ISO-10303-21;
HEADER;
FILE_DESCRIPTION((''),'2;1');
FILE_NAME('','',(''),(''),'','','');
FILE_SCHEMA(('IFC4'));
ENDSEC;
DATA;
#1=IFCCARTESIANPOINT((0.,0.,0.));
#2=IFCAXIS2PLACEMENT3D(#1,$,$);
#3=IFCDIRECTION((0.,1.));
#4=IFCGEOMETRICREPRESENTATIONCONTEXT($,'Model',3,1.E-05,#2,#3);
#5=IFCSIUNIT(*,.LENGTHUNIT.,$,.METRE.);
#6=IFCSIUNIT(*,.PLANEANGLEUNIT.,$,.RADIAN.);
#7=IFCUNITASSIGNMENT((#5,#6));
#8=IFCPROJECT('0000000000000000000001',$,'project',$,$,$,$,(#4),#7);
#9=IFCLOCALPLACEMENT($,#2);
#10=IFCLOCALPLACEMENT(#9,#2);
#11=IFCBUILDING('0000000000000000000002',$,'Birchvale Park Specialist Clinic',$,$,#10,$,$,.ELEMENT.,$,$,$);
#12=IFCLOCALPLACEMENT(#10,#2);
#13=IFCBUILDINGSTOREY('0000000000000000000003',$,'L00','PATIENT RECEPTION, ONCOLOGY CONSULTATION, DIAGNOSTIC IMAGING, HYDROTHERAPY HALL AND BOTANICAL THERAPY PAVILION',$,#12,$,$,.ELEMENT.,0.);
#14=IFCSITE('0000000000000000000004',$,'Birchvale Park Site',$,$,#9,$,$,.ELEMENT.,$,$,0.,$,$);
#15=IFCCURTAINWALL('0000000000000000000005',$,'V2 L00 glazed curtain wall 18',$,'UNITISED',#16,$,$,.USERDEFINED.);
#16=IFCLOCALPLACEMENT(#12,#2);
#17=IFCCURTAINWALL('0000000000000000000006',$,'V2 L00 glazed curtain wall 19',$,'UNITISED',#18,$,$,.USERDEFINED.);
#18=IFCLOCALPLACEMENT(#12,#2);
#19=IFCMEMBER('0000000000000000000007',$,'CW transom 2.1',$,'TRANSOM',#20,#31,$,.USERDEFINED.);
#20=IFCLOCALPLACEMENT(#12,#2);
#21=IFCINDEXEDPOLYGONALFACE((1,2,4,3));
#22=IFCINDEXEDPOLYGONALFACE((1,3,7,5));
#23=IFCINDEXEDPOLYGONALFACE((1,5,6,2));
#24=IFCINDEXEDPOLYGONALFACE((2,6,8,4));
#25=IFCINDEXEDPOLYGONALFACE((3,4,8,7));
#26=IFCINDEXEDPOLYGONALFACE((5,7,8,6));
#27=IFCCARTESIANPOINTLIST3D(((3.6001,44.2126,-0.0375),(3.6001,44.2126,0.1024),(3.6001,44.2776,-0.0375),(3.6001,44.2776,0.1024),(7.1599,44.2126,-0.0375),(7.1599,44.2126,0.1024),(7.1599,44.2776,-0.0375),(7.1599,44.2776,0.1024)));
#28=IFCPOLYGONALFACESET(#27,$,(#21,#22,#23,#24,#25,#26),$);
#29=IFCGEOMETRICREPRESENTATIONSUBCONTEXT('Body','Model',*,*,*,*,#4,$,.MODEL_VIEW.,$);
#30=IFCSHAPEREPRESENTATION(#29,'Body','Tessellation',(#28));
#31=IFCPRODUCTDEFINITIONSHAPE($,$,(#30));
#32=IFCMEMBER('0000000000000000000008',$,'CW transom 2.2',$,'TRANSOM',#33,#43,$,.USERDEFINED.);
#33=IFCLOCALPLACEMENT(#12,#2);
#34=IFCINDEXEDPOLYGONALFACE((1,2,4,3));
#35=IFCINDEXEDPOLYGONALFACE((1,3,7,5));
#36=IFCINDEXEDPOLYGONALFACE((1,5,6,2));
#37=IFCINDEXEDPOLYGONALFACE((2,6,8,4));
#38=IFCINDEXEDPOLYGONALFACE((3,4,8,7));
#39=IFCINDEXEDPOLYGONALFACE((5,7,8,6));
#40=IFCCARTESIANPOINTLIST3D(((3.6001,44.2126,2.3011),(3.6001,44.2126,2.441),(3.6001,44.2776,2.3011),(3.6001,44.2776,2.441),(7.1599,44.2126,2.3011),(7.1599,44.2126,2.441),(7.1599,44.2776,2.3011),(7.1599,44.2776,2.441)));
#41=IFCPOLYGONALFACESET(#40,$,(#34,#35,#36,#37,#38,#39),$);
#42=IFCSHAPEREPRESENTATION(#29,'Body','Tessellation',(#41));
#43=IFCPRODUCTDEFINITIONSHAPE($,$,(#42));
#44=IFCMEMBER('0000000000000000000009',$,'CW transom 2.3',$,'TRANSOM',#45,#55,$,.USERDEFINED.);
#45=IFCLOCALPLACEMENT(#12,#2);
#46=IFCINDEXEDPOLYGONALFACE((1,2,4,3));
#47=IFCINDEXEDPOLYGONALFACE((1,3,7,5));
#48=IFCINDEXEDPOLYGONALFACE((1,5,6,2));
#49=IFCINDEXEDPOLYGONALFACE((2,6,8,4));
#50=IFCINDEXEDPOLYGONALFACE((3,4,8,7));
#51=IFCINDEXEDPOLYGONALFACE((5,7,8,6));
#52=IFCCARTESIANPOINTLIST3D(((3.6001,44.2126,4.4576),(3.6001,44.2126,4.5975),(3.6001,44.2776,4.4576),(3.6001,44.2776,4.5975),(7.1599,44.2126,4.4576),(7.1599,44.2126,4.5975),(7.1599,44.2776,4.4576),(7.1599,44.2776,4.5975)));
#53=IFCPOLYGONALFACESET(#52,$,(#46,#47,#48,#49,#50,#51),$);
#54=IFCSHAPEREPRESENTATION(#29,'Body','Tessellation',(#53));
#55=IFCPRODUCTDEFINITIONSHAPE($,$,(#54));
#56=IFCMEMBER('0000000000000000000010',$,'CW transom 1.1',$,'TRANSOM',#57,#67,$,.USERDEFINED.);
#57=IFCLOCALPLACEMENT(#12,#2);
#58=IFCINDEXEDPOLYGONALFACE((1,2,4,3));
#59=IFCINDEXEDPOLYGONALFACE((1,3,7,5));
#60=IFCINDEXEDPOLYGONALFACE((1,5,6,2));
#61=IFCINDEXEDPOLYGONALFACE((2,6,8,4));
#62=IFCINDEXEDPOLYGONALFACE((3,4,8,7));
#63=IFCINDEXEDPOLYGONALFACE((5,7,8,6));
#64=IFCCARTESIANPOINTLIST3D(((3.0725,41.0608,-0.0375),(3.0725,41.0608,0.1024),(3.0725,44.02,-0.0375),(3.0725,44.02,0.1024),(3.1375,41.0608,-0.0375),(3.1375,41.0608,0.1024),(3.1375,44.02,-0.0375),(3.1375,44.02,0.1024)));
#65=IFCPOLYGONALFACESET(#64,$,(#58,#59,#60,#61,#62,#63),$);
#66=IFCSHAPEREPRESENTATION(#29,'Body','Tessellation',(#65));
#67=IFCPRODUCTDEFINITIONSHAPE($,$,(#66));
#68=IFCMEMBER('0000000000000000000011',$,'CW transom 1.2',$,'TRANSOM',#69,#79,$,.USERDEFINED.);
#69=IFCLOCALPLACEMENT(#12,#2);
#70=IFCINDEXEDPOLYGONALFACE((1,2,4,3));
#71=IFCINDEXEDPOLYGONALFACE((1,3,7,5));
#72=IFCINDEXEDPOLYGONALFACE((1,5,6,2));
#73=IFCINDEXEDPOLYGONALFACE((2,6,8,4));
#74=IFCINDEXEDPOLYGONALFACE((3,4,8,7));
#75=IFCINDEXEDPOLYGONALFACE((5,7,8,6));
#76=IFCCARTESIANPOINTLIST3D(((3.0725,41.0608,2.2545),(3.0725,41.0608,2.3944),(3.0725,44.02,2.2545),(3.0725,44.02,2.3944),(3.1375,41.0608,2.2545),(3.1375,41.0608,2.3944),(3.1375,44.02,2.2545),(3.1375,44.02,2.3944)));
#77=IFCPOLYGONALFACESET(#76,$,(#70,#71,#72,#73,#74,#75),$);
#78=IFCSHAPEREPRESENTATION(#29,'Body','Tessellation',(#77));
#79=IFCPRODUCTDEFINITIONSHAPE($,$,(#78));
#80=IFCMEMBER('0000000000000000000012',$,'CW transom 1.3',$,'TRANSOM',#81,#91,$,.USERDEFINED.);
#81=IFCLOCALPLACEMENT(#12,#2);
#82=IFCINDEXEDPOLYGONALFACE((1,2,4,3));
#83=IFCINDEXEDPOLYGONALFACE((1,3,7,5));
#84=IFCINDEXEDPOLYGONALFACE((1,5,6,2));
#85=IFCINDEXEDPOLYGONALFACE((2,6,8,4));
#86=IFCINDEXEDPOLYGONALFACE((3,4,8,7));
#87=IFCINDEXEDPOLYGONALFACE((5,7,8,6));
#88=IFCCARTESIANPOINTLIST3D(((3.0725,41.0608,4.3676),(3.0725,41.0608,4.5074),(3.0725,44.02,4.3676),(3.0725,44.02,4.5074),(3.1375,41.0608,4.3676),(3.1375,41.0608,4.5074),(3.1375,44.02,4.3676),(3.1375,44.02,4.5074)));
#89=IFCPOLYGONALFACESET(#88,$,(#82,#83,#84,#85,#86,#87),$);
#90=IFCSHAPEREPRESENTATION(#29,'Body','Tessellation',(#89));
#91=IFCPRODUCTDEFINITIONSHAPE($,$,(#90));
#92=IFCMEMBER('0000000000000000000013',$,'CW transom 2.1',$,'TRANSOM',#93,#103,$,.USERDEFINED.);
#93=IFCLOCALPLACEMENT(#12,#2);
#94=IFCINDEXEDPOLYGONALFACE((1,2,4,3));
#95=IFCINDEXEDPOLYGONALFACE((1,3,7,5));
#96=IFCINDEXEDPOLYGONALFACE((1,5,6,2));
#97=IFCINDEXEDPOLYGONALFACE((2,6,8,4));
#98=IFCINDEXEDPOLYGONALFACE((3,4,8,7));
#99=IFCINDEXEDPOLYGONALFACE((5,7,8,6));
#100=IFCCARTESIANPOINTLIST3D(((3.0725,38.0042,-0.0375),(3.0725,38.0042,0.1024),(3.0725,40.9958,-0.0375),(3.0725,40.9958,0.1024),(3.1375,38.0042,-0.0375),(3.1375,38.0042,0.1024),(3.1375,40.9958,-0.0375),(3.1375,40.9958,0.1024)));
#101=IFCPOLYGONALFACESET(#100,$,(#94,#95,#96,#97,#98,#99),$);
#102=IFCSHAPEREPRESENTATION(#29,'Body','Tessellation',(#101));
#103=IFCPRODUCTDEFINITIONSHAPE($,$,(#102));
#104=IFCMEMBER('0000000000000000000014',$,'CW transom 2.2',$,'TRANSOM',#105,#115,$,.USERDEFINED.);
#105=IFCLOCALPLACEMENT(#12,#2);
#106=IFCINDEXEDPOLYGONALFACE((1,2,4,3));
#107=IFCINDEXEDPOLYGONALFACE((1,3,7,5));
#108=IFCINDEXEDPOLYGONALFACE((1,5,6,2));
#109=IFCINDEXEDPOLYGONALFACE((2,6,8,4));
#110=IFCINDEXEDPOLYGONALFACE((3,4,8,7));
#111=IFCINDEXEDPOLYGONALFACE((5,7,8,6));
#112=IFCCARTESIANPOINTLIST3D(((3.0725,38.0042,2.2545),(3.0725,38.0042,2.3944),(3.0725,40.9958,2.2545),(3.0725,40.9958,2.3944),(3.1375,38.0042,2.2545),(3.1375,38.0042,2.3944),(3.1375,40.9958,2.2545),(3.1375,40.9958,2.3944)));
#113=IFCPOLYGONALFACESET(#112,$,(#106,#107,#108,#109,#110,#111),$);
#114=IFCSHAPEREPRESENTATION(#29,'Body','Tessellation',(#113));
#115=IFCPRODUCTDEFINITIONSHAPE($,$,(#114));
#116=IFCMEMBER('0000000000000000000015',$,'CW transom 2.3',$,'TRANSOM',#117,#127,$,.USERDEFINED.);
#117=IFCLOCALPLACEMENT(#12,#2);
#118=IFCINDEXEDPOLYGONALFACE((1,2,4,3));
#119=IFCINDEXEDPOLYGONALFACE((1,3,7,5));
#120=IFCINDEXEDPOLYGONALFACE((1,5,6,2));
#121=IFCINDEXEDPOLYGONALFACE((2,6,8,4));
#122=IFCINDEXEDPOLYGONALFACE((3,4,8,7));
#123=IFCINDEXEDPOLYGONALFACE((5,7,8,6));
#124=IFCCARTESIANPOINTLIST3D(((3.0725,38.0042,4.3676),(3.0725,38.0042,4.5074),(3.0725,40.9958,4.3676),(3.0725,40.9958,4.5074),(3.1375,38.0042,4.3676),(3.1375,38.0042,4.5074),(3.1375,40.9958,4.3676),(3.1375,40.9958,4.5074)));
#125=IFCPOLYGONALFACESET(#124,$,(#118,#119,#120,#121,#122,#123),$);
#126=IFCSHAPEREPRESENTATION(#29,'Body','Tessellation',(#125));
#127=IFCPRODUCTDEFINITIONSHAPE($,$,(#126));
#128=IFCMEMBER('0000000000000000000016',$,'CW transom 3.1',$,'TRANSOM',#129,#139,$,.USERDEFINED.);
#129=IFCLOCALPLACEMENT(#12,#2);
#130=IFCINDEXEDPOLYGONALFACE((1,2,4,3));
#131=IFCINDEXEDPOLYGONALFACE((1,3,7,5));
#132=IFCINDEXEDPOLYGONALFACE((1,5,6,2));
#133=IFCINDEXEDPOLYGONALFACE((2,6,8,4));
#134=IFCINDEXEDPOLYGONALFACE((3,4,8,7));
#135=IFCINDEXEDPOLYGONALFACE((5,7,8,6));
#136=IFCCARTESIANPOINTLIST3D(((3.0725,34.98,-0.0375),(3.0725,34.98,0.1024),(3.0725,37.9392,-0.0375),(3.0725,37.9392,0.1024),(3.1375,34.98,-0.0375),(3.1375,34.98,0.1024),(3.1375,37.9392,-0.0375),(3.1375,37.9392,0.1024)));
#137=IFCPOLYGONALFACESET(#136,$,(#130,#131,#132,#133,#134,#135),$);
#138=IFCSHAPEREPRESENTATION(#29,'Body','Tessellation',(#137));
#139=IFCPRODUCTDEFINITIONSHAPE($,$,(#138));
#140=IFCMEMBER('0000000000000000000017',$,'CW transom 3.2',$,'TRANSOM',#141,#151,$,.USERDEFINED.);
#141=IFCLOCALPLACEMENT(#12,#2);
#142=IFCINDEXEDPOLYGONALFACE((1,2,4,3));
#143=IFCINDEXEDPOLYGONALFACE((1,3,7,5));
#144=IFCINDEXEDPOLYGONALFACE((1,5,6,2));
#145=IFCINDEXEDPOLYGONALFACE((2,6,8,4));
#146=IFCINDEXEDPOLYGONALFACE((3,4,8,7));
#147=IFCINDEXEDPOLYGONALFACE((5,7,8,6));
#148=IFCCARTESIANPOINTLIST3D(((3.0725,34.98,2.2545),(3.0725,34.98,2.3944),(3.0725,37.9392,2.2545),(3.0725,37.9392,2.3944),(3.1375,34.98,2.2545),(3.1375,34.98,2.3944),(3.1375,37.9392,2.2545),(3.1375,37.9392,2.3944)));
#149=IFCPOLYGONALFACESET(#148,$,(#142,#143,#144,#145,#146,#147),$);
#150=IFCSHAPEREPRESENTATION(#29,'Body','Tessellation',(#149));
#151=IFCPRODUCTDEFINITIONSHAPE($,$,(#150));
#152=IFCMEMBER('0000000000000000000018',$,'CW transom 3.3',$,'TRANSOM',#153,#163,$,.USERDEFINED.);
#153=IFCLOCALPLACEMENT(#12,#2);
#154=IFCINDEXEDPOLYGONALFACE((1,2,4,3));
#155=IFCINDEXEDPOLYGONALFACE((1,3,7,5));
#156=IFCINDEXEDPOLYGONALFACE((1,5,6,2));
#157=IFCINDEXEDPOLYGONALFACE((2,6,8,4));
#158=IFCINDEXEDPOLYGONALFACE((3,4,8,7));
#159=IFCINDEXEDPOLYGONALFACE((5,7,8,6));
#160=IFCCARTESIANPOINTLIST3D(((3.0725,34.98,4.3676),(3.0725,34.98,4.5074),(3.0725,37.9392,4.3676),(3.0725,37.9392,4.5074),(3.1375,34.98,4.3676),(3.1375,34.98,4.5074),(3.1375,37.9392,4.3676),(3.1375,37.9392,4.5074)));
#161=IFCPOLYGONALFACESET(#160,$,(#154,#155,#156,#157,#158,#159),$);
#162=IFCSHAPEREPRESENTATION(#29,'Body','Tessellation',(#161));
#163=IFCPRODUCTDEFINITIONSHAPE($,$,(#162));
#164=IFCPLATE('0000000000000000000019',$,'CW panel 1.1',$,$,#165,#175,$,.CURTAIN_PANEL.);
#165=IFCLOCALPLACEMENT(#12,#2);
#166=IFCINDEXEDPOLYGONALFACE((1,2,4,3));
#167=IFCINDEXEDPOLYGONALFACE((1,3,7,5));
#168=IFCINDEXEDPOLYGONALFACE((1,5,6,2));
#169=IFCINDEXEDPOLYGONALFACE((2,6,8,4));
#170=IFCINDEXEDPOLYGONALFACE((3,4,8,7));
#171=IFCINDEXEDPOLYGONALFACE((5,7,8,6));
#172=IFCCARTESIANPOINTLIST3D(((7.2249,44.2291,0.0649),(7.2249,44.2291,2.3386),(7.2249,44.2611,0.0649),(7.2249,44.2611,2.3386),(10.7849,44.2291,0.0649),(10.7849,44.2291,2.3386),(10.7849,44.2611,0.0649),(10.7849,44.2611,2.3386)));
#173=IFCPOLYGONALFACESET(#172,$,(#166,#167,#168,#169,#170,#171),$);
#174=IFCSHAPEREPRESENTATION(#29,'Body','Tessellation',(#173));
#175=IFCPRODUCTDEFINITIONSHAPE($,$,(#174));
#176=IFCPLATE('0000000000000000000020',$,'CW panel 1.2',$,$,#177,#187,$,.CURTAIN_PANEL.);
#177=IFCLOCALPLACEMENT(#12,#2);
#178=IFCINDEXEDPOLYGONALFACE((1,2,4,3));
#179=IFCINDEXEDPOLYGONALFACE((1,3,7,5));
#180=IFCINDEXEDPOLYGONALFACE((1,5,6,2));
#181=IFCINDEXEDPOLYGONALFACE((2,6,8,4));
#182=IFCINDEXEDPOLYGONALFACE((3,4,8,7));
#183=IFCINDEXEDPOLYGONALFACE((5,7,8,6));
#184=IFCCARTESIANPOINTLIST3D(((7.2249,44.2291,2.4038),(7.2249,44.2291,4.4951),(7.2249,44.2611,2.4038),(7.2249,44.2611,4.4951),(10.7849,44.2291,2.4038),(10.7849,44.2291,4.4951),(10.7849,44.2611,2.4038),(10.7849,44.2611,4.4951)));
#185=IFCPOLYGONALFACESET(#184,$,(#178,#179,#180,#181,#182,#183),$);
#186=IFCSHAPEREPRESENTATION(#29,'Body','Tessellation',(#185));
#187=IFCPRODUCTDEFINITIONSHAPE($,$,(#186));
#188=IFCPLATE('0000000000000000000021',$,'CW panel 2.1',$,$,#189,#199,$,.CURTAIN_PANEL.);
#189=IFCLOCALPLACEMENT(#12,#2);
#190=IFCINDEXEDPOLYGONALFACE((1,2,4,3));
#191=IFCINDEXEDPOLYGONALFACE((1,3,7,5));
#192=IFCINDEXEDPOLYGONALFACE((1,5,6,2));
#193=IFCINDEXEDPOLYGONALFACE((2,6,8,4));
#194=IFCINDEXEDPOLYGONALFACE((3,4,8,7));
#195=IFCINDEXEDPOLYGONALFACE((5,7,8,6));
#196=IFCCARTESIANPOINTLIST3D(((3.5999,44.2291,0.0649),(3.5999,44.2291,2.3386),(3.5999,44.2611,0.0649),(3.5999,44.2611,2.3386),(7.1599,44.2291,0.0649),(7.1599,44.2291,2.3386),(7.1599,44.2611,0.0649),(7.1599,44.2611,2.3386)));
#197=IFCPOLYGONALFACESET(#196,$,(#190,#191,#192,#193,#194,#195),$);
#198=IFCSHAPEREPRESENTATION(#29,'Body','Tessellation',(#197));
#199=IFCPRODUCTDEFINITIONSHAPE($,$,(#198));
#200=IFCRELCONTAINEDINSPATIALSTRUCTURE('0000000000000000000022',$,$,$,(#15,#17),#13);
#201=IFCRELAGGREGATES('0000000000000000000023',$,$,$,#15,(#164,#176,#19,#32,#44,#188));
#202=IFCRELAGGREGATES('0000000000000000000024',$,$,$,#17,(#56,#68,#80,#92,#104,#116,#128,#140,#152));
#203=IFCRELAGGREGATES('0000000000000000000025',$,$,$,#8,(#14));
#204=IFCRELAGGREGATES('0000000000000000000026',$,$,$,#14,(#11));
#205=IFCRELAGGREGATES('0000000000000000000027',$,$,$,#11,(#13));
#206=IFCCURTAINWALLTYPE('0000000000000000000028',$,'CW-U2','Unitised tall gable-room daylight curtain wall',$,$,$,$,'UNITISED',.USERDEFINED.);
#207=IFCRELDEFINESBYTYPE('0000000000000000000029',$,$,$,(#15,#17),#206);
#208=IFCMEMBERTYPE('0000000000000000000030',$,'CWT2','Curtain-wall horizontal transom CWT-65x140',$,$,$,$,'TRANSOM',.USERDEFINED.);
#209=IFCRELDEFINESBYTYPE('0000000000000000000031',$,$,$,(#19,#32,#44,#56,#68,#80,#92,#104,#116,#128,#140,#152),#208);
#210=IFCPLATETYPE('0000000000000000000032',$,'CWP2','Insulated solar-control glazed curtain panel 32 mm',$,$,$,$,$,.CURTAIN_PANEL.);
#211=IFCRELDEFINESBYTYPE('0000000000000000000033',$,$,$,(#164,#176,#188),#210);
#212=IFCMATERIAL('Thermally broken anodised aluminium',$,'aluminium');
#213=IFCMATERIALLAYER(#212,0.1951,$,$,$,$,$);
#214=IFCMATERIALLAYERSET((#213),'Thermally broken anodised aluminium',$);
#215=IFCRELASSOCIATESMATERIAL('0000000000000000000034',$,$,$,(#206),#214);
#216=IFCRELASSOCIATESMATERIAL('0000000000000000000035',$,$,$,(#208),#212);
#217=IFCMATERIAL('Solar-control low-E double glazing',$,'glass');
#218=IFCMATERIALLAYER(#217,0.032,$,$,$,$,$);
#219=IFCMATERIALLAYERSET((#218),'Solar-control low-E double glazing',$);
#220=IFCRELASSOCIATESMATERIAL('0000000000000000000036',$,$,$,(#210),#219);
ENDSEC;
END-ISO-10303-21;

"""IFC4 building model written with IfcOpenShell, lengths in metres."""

from ifc_helpers import new_model, si_unit, direction, frame, origin, origin_2d, place, context, subcontext, project, spatial, rectangle, extrude, material, layer, layer_set, material_profile, profile_set, type_object, element, aggregate, save


model = new_model("IFC4")

# Units and contexts
model_context = context("Model", 3, precision=1e-05, world=origin(), true_north=direction((0.0, 1.0)))
body_context = subcontext(model_context, "Body", "Model", "MODEL_VIEW")
ifc_project = project(units=[si_unit("LENGTHUNIT", "METRE"), si_unit("PLANEANGLEUNIT", "RADIAN")], contexts=[model_context])

# Site, building, storey
site_placement = place(None, origin())
site = spatial("IfcSite", under=ifc_project, at=site_placement, Name="Birchvale Park Site", CompositionType="ELEMENT", RefElevation=0.0)
building_placement = place(site_placement, origin())
building = spatial("IfcBuilding", under=site, at=building_placement, Name="Birchvale Park Specialist Clinic", CompositionType="ELEMENT")
storey_placement = place(building_placement, origin())
storey = spatial("IfcBuildingStorey", under=building, at=storey_placement, Name="L00", Description="PATIENT RECEPTION, ONCOLOGY CONSULTATION, DIAGNOSTIC IMAGING, HYDROTHERAPY HALL AND BOTANICAL THERAPY PAVILION", CompositionType="ELEMENT", Elevation=0.0)

# Shared definitions
ifc_material_1 = material(Name="Thermally broken anodised aluminium", Category="aluminium")
ifc_layer_1 = layer(ifc_material_1, 0.1951)
ifc_layer_set_1 = layer_set([ifc_layer_1], Name="Thermally broken anodised aluminium")
curtain_wall_type = type_object("IfcCurtainWallType", Name="CW-U2", Description="Unitised tall gable-room daylight curtain wall", ElementType="UNITISED", PredefinedType="USERDEFINED", material=ifc_layer_set_1)

# Curtain walls
curtain_wall_1_placement = place(storey_placement, origin())
curtain_wall_1 = element("IfcCurtainWall", 1, at=curtain_wall_1_placement, inside=storey, type_object=curtain_wall_type, Name="V2 L00 glazed curtain wall 18", ObjectType="UNITISED", PredefinedType="USERDEFINED")
curtain_wall_2_placement = place(storey_placement, origin())
curtain_wall_2 = element("IfcCurtainWall", 2, at=curtain_wall_2_placement, inside=storey, type_object=curtain_wall_type, Name="V2 L00 glazed curtain wall 19", ObjectType="UNITISED", PredefinedType="USERDEFINED")

# Members
ifc_material_profile_1 = material_profile(ifc_material_1, rectangle(XDim=0.0649, YDim=0.1399, at=origin_2d()), Name="CWT-65x140")
ifc_profile_set_1 = profile_set([ifc_material_profile_1], Name="Thermally broken anodised aluminium")
member_type_1 = type_object("IfcMemberType", Name="CWT2", Description="Curtain-wall horizontal transom CWT-65x140", ElementType="TRANSOM", PredefinedType="USERDEFINED", material=ifc_profile_set_1)
member_1_placement = place(storey_placement, frame((7.1599, 44.2451, 0.0325), z_axis=(-1.0, 0.0, 0.0), x_axis=(0.0, -1.0, 0.0)))
member_1 = element("IfcMember", 3, at=member_1_placement, type_object=member_type_1, Name="CW transom 2.1", ObjectType="TRANSOM", PredefinedType="USERDEFINED", context=body_context, shape_type="SweptSolid", body=[
    extrude(rectangle(XDim=0.0649, YDim=0.1399, at=origin_2d()), origin(), (0.0, 0.0, 1.0), 3.5598),
])
member_2_placement = place(storey_placement, frame((7.1599, 44.2451, 2.3711), z_axis=(-1.0, 0.0, 0.0), x_axis=(0.0, -1.0, 0.0)))
member_2 = element("IfcMember", 4, at=member_2_placement, type_object=member_type_1, Name="CW transom 2.2", ObjectType="TRANSOM", PredefinedType="USERDEFINED", context=body_context, shape_type="SweptSolid", body=[
    extrude(rectangle(XDim=0.0649, YDim=0.1399, at=origin_2d()), origin(), (0.0, 0.0, 1.0), 3.5598),
])
member_3_placement = place(storey_placement, frame((7.1599, 44.2451, 4.5276), z_axis=(-1.0, 0.0, 0.0), x_axis=(0.0, -1.0, 0.0)))
member_3 = element("IfcMember", 5, at=member_3_placement, type_object=member_type_1, Name="CW transom 2.3", ObjectType="TRANSOM", PredefinedType="USERDEFINED", context=body_context, shape_type="SweptSolid", body=[
    extrude(rectangle(XDim=0.0649, YDim=0.1399, at=origin_2d()), origin(), (0.0, 0.0, 1.0), 3.5598),
])
member_4_placement = place(storey_placement, frame((3.105, 44.02, 0.0325), z_axis=(0.0, -1.0, 0.0), x_axis=(1.0, 0.0, 0.0)))
member_4 = element("IfcMember", 6, at=member_4_placement, type_object=member_type_1, Name="CW transom 1.1", ObjectType="TRANSOM", PredefinedType="USERDEFINED", context=body_context, shape_type="SweptSolid", body=[
    extrude(rectangle(XDim=0.0649, YDim=0.1399, at=origin_2d()), origin(), (0.0, 0.0, 1.0), 2.9592),
])
member_5_placement = place(storey_placement, frame((3.105, 44.02, 2.3245), z_axis=(0.0, -1.0, 0.0), x_axis=(1.0, 0.0, 0.0)))
member_5 = element("IfcMember", 7, at=member_5_placement, type_object=member_type_1, Name="CW transom 1.2", ObjectType="TRANSOM", PredefinedType="USERDEFINED", context=body_context, shape_type="SweptSolid", body=[
    extrude(rectangle(XDim=0.0649, YDim=0.1399, at=origin_2d()), origin(), (0.0, 0.0, 1.0), 2.9592),
])
member_6_placement = place(storey_placement, frame((3.105, 44.02, 4.4375), z_axis=(0.0, -1.0, 0.0), x_axis=(1.0, 0.0, 0.0)))
member_6 = element("IfcMember", 8, at=member_6_placement, type_object=member_type_1, Name="CW transom 1.3", ObjectType="TRANSOM", PredefinedType="USERDEFINED", context=body_context, shape_type="SweptSolid", body=[
    extrude(rectangle(XDim=0.0649, YDim=0.1399, at=origin_2d()), origin(), (0.0, 0.0, 1.0), 2.9592),
])
member_7_placement = place(storey_placement, frame((3.105, 40.9958, 0.0325), z_axis=(0.0, -1.0, 0.0), x_axis=(1.0, 0.0, 0.0)))
member_7 = element("IfcMember", 9, at=member_7_placement, type_object=member_type_1, Name="CW transom 2.1", ObjectType="TRANSOM", PredefinedType="USERDEFINED", context=body_context, shape_type="SweptSolid", body=[
    extrude(rectangle(XDim=0.0649, YDim=0.1399, at=origin_2d()), origin(), (0.0, 0.0, 1.0), 2.9917),
])
member_8_placement = place(storey_placement, frame((3.105, 40.9958, 2.3245), z_axis=(0.0, -1.0, 0.0), x_axis=(1.0, 0.0, 0.0)))
member_8 = element("IfcMember", 10, at=member_8_placement, type_object=member_type_1, Name="CW transom 2.2", ObjectType="TRANSOM", PredefinedType="USERDEFINED", context=body_context, shape_type="SweptSolid", body=[
    extrude(rectangle(XDim=0.0649, YDim=0.1399, at=origin_2d()), origin(), (0.0, 0.0, 1.0), 2.9917),
])
member_9_placement = place(storey_placement, frame((3.105, 40.9958, 4.4375), z_axis=(0.0, -1.0, 0.0), x_axis=(1.0, 0.0, 0.0)))
member_9 = element("IfcMember", 11, at=member_9_placement, type_object=member_type_1, Name="CW transom 2.3", ObjectType="TRANSOM", PredefinedType="USERDEFINED", context=body_context, shape_type="SweptSolid", body=[
    extrude(rectangle(XDim=0.0649, YDim=0.1399, at=origin_2d()), origin(), (0.0, 0.0, 1.0), 2.9917),
])
member_10_placement = place(storey_placement, frame((3.105, 37.9392, 0.0325), z_axis=(0.0, -1.0, 0.0), x_axis=(1.0, 0.0, 0.0)))
member_10 = element("IfcMember", 12, at=member_10_placement, type_object=member_type_1, Name="CW transom 3.1", ObjectType="TRANSOM", PredefinedType="USERDEFINED", context=body_context, shape_type="SweptSolid", body=[
    extrude(rectangle(XDim=0.0649, YDim=0.1399, at=origin_2d()), origin(), (0.0, 0.0, 1.0), 2.9592),
])
member_11_placement = place(storey_placement, frame((3.105, 37.9392, 2.3245), z_axis=(0.0, -1.0, 0.0), x_axis=(1.0, 0.0, 0.0)))
member_11 = element("IfcMember", 13, at=member_11_placement, type_object=member_type_1, Name="CW transom 3.2", ObjectType="TRANSOM", PredefinedType="USERDEFINED", context=body_context, shape_type="SweptSolid", body=[
    extrude(rectangle(XDim=0.0649, YDim=0.1399, at=origin_2d()), origin(), (0.0, 0.0, 1.0), 2.9592),
])
member_12_placement = place(storey_placement, frame((3.105, 37.9392, 4.4375), z_axis=(0.0, -1.0, 0.0), x_axis=(1.0, 0.0, 0.0)))
member_12 = element("IfcMember", 14, at=member_12_placement, type_object=member_type_1, Name="CW transom 3.3", ObjectType="TRANSOM", PredefinedType="USERDEFINED", context=body_context, shape_type="SweptSolid", body=[
    extrude(rectangle(XDim=0.0649, YDim=0.1399, at=origin_2d()), origin(), (0.0, 0.0, 1.0), 2.9592),
])

# Plates
ifc_material_2 = material(Name="Solar-control low-E double glazing", Category="glass")
ifc_layer_2 = layer(ifc_material_2, 0.032)
ifc_layer_set_2 = layer_set([ifc_layer_2], Name="Solar-control low-E double glazing")
plate_type = type_object("IfcPlateType", Name="CWP2", Description="Insulated solar-control glazed curtain panel 32 mm", PredefinedType="CURTAIN_PANEL", material=ifc_layer_set_2)
plate_1_placement = place(storey_placement, frame((9.0049, 44.2451, 0.0649), z_axis=(0.0, 0.0, 1.0), x_axis=(-1.0, 0.0, 0.0)))
plate_1 = element("IfcPlate", 15, at=plate_1_placement, type_object=plate_type, Name="CW panel 1.1", PredefinedType="CURTAIN_PANEL", context=body_context, shape_type="SweptSolid", body=[
    extrude(rectangle(XDim=3.5601, YDim=0.032, at=origin_2d()), origin(), (0.0, 0.0, 1.0), 2.2737),
])
plate_2_placement = place(storey_placement, frame((9.0049, 44.2451, 2.4038), z_axis=(0.0, 0.0, 1.0), x_axis=(-1.0, 0.0, 0.0)))
plate_2 = element("IfcPlate", 16, at=plate_2_placement, type_object=plate_type, Name="CW panel 1.2", PredefinedType="CURTAIN_PANEL", context=body_context, shape_type="SweptSolid", body=[
    extrude(rectangle(XDim=3.5601, YDim=0.032, at=origin_2d()), origin(), (0.0, 0.0, 1.0), 2.0913),
])
plate_3_placement = place(storey_placement, frame((5.3799, 44.2451, 0.0649), z_axis=(0.0, 0.0, 1.0), x_axis=(-1.0, 0.0, 0.0)))
plate_3 = element("IfcPlate", 17, at=plate_3_placement, type_object=plate_type, Name="CW panel 2.1", PredefinedType="CURTAIN_PANEL", context=body_context, shape_type="SweptSolid", body=[
    extrude(rectangle(XDim=3.5601, YDim=0.032, at=origin_2d()), origin(), (0.0, 0.0, 1.0), 2.2737),
])
aggregate(curtain_wall_1, [plate_1, plate_2, member_1, member_2, member_3, plate_3])
aggregate(curtain_wall_2, [member_4, member_5, member_6, member_7, member_8, member_9, member_10, member_11, member_12])

save(model, "model.ifc")
